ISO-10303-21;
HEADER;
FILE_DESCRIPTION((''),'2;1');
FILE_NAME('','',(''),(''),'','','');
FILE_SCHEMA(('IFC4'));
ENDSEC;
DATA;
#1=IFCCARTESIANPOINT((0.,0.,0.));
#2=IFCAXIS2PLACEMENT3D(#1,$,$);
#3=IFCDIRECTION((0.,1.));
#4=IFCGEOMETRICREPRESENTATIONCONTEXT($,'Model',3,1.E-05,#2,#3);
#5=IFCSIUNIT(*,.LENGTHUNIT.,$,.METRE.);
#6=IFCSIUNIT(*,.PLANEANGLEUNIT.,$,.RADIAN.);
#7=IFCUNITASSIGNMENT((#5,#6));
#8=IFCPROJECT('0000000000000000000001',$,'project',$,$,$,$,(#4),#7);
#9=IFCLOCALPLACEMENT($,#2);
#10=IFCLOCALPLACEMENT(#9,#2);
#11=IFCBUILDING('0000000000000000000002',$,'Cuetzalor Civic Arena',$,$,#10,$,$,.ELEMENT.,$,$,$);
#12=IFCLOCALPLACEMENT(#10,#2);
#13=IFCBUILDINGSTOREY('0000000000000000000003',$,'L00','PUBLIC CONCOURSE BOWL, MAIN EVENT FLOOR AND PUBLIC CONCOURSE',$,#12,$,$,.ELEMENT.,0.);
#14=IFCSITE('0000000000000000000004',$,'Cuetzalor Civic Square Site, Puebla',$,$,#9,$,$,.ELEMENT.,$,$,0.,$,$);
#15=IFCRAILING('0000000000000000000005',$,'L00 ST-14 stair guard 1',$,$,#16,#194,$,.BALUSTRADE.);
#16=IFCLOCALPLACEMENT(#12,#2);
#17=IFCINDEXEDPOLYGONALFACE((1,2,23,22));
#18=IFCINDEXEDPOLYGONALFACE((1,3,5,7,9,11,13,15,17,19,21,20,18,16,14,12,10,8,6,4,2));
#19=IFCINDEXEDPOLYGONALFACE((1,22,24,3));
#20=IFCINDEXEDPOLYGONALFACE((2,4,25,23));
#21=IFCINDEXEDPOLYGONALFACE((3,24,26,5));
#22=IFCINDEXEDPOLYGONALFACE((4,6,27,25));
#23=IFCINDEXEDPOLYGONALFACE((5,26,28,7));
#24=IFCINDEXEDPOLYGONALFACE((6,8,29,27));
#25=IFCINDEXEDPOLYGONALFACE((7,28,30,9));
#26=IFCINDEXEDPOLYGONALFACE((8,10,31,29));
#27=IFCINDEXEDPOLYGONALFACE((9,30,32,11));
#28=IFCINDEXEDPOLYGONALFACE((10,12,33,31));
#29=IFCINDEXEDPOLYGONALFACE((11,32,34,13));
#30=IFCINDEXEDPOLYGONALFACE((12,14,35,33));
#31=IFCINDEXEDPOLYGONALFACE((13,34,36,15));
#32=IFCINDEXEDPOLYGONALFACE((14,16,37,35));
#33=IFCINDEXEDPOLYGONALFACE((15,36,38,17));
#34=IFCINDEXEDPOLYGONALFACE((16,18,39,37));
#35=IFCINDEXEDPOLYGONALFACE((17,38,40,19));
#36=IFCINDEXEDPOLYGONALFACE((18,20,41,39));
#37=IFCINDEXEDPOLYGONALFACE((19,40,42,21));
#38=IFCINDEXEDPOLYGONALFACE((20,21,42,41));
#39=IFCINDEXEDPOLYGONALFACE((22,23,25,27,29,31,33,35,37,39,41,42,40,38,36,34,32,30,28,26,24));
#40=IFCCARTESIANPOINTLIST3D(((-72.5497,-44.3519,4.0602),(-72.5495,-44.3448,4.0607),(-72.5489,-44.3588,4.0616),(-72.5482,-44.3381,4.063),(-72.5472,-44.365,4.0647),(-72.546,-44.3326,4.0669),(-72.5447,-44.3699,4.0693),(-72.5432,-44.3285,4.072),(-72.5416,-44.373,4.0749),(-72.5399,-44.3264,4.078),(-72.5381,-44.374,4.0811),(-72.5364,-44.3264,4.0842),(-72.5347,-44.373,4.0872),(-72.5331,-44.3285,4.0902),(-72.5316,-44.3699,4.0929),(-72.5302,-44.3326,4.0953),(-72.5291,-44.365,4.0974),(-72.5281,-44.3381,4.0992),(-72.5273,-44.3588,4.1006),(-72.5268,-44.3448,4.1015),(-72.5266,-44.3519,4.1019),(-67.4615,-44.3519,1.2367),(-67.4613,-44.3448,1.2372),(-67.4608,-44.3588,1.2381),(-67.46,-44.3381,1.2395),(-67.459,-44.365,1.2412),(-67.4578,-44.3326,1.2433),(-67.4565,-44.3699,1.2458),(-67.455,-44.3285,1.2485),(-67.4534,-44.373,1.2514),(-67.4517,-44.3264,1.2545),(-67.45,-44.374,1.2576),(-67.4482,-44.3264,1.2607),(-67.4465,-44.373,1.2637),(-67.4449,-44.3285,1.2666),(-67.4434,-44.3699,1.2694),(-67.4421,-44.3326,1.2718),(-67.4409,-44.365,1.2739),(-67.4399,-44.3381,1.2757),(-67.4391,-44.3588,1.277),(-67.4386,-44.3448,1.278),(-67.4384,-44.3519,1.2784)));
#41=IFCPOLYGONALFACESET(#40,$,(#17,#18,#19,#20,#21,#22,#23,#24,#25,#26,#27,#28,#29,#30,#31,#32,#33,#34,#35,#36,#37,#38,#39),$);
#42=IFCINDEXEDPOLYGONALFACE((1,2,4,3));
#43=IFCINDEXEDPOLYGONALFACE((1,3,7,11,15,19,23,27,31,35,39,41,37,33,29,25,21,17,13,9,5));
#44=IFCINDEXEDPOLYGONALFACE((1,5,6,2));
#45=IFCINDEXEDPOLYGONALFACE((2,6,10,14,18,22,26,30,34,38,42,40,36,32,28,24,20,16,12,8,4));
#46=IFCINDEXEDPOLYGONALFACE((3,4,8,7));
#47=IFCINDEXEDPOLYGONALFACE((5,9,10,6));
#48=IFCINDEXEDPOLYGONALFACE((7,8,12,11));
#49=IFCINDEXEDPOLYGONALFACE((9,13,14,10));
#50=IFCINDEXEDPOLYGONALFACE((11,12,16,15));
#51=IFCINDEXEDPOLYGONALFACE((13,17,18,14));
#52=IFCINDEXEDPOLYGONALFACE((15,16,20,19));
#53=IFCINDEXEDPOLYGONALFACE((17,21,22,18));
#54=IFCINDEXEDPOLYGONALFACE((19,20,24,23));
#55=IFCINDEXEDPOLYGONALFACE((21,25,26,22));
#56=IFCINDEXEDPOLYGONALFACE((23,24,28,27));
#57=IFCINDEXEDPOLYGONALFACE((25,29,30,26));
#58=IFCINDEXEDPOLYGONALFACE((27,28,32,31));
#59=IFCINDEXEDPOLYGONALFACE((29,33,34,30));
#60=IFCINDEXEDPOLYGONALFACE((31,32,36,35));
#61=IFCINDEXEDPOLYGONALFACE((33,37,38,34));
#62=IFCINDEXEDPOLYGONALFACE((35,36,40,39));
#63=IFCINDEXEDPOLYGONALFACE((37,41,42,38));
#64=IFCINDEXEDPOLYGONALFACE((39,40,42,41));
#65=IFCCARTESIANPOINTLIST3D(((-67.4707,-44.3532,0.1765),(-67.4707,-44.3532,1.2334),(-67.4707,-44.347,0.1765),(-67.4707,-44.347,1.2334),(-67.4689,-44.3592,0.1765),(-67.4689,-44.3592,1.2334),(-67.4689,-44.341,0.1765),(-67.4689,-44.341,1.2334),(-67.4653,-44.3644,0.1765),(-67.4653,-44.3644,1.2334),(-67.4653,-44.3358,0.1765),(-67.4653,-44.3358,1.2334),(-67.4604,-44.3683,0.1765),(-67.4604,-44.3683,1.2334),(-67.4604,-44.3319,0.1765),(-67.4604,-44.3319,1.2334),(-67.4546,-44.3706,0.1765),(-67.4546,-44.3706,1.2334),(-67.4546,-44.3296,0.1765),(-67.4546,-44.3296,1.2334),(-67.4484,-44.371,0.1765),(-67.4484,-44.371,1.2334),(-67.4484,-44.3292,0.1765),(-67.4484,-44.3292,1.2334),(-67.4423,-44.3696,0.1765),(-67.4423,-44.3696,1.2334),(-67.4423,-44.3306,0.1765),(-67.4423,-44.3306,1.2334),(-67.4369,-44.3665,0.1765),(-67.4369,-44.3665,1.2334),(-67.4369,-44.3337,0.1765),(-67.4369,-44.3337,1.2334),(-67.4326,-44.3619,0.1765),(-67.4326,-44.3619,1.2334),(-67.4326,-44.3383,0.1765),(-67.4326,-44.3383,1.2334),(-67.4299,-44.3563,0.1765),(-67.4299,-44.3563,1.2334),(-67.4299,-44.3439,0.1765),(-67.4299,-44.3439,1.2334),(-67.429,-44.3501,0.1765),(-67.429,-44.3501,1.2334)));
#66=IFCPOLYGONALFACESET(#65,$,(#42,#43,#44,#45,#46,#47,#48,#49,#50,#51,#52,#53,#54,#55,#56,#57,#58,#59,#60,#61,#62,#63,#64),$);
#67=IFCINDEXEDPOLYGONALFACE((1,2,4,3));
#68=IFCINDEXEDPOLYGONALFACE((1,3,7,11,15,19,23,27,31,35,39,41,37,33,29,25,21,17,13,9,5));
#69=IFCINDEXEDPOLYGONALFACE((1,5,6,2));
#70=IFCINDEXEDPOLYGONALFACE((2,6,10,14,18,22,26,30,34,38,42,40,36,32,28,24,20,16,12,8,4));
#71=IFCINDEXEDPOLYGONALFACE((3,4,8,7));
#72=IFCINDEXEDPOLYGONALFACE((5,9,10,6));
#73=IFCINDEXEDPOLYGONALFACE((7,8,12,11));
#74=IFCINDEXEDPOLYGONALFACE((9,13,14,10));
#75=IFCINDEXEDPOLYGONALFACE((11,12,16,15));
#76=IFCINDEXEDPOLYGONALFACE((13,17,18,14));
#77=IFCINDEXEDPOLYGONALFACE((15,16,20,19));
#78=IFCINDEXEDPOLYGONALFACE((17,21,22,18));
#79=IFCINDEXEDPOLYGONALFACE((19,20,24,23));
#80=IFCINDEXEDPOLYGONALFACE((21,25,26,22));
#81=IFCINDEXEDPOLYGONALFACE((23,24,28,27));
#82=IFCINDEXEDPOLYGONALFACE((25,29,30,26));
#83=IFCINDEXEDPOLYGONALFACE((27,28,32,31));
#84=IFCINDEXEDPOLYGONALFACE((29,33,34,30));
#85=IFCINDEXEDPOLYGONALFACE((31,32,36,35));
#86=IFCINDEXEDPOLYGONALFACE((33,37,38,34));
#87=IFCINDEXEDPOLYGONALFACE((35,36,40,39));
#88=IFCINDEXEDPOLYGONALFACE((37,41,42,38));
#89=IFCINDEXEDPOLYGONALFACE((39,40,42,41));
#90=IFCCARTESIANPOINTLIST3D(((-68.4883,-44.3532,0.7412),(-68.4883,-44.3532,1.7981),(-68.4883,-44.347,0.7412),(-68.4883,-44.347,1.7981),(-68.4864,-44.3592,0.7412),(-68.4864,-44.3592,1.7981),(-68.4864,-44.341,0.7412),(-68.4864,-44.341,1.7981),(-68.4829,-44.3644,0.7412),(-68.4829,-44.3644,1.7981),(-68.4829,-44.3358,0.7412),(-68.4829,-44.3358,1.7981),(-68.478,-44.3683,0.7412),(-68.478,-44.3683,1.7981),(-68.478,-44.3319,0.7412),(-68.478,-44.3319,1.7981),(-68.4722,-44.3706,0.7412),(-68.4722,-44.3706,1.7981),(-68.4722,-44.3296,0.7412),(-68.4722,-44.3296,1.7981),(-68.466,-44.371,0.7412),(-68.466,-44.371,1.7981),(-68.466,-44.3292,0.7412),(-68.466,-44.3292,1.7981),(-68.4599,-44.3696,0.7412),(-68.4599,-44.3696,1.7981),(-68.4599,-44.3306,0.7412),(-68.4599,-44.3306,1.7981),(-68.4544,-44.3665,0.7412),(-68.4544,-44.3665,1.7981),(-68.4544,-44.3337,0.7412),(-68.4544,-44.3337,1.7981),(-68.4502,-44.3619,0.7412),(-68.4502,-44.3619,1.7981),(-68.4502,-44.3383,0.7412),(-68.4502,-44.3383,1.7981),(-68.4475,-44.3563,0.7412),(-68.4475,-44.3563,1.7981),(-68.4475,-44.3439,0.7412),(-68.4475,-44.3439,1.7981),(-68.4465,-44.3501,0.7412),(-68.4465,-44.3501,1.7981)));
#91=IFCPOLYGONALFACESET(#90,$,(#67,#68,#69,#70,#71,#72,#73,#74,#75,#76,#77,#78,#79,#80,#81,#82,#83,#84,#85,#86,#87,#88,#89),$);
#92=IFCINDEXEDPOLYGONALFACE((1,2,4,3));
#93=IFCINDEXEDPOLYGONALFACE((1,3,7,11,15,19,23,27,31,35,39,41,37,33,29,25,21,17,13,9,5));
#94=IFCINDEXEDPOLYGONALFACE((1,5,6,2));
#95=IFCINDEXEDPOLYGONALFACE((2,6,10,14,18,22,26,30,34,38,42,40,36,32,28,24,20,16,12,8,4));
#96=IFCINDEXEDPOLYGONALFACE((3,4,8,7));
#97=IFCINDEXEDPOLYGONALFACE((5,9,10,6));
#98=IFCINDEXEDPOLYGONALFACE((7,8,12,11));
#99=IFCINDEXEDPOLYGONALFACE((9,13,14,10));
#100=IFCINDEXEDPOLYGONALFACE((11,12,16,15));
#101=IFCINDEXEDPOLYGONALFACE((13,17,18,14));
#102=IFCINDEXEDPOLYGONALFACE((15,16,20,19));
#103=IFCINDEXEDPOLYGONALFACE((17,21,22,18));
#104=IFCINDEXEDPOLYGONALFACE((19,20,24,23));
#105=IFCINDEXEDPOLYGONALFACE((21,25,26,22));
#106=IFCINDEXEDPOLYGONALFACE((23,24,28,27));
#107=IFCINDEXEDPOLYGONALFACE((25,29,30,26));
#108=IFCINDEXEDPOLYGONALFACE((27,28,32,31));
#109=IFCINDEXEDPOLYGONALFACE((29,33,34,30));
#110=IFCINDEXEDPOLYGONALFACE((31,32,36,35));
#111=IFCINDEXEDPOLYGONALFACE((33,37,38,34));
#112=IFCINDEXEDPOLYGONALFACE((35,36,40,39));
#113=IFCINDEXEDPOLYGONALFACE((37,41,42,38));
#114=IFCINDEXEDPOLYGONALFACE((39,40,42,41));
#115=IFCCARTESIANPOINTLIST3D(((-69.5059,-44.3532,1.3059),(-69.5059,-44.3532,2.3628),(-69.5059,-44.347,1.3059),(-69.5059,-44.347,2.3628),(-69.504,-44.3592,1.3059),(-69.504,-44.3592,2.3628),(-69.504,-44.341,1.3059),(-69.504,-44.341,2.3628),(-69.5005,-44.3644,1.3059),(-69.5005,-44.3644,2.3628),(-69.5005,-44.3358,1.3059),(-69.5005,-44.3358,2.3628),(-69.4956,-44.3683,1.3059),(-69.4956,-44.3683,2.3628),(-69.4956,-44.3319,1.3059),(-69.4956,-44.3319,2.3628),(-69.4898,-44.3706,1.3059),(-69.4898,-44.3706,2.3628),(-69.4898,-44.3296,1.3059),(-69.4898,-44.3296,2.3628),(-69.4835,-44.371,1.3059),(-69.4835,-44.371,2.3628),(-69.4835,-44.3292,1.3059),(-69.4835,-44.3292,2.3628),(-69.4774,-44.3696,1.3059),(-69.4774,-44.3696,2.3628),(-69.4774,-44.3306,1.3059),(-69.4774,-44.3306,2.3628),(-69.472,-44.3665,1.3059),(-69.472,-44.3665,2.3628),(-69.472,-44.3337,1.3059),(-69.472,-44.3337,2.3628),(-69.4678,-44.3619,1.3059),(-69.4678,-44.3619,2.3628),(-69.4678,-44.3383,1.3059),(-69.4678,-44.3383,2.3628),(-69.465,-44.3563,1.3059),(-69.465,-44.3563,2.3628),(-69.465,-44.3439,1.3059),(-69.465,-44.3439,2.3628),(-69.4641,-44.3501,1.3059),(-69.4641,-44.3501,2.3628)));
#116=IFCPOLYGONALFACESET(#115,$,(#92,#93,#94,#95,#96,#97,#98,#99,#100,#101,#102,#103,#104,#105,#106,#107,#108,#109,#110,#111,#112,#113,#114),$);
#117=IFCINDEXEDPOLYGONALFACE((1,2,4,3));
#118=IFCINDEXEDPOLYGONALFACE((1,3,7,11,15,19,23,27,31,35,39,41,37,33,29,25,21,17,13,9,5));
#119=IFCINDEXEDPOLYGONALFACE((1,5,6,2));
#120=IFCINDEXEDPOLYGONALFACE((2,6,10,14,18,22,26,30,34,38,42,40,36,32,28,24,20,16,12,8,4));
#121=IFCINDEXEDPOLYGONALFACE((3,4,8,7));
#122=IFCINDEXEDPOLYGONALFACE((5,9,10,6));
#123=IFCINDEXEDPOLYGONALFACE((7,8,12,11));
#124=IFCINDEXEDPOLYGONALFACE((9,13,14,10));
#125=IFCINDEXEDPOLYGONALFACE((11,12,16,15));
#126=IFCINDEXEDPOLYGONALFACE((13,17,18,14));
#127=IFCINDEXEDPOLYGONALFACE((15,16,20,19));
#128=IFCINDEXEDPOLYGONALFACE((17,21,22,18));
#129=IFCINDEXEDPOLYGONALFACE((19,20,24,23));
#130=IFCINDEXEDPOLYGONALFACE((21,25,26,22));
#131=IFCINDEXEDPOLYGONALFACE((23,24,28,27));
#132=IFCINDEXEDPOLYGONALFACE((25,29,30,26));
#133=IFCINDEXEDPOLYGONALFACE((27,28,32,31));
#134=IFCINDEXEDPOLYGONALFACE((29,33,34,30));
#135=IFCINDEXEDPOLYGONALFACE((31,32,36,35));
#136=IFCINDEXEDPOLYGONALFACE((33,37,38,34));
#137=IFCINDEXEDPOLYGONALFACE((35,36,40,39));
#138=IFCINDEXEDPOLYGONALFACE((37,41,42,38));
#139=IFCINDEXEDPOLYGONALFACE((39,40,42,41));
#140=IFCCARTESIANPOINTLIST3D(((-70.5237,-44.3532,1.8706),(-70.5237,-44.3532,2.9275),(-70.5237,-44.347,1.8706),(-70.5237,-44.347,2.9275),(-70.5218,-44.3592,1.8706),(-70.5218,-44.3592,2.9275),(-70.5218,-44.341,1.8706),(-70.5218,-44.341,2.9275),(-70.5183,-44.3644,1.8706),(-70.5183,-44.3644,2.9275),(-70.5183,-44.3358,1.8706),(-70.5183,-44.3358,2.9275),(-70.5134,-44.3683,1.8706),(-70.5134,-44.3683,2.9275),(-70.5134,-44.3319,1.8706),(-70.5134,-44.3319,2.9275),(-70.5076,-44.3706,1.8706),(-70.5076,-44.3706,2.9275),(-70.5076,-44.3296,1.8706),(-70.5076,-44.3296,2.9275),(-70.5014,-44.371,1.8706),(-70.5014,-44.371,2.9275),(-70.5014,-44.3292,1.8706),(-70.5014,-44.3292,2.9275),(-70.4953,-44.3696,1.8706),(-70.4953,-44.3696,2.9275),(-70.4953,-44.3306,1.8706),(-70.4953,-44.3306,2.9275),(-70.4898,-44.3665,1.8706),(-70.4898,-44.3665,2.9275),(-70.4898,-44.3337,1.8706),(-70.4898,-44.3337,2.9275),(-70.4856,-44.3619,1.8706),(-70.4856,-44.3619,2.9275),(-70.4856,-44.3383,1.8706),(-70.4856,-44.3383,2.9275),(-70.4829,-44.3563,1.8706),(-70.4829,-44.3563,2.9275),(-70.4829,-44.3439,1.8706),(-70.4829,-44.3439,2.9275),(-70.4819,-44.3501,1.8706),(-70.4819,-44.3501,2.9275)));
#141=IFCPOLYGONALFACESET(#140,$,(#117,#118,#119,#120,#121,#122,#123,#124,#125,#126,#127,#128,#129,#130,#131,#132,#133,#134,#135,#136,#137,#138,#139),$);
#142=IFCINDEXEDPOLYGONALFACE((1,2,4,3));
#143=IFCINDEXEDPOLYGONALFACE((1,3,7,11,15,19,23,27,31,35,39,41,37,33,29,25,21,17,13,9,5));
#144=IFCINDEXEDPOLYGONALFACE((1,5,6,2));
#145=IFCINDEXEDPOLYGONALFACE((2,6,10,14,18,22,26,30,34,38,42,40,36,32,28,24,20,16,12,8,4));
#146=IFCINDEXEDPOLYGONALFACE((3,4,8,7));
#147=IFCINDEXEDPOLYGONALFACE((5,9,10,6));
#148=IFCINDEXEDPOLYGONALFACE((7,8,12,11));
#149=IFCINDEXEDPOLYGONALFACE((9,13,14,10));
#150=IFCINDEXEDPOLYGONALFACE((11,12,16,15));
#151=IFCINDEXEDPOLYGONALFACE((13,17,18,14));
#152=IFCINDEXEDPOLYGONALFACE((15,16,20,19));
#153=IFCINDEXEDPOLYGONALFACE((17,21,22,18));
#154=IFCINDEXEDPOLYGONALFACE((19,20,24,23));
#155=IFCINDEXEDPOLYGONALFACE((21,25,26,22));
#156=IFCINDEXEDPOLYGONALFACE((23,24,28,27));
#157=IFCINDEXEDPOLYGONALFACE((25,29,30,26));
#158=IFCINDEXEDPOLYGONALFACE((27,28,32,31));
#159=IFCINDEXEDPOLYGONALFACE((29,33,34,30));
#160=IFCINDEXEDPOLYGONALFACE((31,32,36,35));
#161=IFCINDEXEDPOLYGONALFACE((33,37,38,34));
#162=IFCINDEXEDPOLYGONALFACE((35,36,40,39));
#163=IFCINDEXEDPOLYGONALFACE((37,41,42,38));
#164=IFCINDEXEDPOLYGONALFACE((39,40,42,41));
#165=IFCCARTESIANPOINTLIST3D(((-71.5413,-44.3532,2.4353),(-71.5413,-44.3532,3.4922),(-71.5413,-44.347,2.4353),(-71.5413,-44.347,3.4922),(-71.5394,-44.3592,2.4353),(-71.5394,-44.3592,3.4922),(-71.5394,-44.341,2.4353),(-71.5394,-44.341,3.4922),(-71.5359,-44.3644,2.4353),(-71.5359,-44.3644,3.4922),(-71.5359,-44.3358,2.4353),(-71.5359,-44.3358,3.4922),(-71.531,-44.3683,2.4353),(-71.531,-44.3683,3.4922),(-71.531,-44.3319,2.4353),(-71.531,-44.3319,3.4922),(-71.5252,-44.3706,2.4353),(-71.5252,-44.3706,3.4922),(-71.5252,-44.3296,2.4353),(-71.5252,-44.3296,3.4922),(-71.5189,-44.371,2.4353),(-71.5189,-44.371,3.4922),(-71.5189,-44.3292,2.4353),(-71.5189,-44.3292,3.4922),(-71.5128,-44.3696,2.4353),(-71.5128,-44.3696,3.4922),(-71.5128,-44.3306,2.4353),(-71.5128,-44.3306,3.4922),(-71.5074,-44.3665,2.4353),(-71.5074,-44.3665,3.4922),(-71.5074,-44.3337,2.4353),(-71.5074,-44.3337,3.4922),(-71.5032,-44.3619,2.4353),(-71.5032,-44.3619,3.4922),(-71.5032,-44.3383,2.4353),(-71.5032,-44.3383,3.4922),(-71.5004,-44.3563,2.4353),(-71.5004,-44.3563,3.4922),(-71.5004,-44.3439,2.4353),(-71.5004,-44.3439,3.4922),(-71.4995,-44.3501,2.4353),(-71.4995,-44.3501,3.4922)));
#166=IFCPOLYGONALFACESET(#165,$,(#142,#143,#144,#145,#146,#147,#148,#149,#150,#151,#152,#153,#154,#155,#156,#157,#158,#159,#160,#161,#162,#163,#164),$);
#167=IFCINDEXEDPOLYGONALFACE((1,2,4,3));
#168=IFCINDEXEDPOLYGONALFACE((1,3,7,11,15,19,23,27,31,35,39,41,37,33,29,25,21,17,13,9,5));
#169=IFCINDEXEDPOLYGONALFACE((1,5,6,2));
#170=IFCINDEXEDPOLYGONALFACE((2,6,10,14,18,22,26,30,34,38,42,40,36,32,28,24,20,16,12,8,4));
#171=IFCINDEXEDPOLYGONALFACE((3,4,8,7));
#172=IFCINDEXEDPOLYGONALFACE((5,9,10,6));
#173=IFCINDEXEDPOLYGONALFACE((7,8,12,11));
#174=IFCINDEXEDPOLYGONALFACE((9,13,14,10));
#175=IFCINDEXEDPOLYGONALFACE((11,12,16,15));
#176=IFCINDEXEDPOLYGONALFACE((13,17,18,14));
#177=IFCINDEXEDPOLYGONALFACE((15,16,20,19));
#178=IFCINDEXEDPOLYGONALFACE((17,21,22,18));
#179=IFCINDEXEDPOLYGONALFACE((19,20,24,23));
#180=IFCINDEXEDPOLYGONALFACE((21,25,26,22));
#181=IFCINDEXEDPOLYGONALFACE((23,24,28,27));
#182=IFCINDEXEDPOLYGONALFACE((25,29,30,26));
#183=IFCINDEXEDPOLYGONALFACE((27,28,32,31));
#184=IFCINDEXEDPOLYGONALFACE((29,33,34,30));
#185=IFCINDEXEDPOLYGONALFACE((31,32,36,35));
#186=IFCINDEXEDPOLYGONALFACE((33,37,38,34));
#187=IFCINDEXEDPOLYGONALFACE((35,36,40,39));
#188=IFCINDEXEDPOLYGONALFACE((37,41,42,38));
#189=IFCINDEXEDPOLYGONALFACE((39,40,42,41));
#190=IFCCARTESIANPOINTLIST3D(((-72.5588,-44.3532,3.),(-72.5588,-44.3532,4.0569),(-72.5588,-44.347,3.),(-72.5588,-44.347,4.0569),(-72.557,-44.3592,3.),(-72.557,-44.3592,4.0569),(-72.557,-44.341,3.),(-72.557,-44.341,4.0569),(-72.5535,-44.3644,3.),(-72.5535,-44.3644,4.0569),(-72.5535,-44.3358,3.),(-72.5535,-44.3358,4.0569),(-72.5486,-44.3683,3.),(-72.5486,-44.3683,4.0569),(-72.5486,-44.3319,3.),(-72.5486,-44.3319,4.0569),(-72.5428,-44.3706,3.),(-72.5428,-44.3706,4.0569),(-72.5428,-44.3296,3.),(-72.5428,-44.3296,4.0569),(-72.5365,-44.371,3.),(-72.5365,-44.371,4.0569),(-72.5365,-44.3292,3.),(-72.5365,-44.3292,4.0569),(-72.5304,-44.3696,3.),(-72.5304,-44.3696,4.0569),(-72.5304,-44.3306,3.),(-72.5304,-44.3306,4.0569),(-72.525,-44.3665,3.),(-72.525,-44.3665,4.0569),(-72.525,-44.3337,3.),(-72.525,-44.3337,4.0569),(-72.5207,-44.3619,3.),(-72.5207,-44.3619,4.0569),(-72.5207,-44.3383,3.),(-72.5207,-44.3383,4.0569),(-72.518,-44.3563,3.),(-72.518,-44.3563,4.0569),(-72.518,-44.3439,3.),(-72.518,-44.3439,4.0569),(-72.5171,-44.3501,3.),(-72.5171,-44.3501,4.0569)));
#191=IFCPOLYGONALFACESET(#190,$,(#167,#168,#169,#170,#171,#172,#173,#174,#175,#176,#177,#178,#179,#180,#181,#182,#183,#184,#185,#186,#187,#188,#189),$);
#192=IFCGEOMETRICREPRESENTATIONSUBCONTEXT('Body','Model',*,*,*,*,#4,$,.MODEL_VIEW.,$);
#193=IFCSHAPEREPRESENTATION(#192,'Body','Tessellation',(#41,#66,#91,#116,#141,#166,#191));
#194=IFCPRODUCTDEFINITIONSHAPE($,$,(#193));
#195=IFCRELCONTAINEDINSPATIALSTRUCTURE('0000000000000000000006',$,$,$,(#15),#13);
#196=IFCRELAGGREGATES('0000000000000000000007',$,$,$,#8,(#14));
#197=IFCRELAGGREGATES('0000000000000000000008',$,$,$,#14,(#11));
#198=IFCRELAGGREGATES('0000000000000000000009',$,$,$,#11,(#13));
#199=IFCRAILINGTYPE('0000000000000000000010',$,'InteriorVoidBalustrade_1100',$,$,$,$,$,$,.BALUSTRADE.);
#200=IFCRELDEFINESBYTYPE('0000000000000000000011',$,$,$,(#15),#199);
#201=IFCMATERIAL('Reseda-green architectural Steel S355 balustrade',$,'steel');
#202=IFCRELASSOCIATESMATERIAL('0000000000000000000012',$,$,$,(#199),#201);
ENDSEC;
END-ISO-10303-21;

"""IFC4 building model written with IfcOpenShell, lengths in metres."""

from ifc_helpers import new_model, si_unit, direction, frame, origin, origin_2d, place, context, subcontext, project, spatial, circle, extrude, material, type_object, element, save


model = new_model("IFC4")

# Units and contexts
model_context = context("Model", 3, precision=1e-05, world=origin(), true_north=direction((0.0, 1.0)))
body_context = subcontext(model_context, "Body", "Model", "MODEL_VIEW")
ifc_project = project(units=[si_unit("LENGTHUNIT", "METRE"), si_unit("PLANEANGLEUNIT", "RADIAN")], contexts=[model_context])

# Site, building, storey
site_placement = place(None, origin())
site = spatial("IfcSite", under=ifc_project, at=site_placement, Name="Cuetzalor Civic Square Site, Puebla", CompositionType="ELEMENT", RefElevation=0.0)
building_placement = place(site_placement, origin())
building = spatial("IfcBuilding", under=site, at=building_placement, Name="Cuetzalor Civic Arena", CompositionType="ELEMENT")
storey_placement = place(building_placement, origin())
storey = spatial("IfcBuildingStorey", under=building, at=storey_placement, Name="L00", Description="PUBLIC CONCOURSE BOWL, MAIN EVENT FLOOR AND PUBLIC CONCOURSE", CompositionType="ELEMENT", Elevation=0.0)

# Railing
ifc_material_1 = material(Name="Reseda-green architectural Steel S355 balustrade", Category="steel")
railing_type_1 = type_object("IfcRailingType", Name="InteriorVoidBalustrade_1100", PredefinedType="BALUSTRADE", material=ifc_material_1)
railing_1_placement = place(storey_placement, frame((-67.45, -44.3501, 0.1765)))
element("IfcRailing", 1, at=railing_1_placement, inside=storey, type_object=railing_type_1, Name="L00 ST-14 stair guard 1", PredefinedType="BALUSTRADE", context=body_context, shape_type="SweptSolid", body=[
    extrude(circle(Radius=0.0239, at=origin_2d()), frame((0.0, 0.0, 1.0811), z_axis=(-0.874395, 0.0, 0.485215), x_axis=(0.0, -1.0, 0.0)), (0.0, 0.0, 1.0), 5.8191),
    extrude(circle(Radius=0.021, at=origin_2d()), origin(), (0.0, 0.0, 1.0), 1.0569),
    extrude(circle(Radius=0.021, at=origin_2d()), frame((-1.0176, 0.0, 0.5647)), (0.0, 0.0, 1.0), 1.0569),
    extrude(circle(Radius=0.021, at=origin_2d()), frame((-2.0352, 0.0, 1.1294)), (0.0, 0.0, 1.0), 1.0569),
    extrude(circle(Radius=0.021, at=origin_2d()), frame((-3.053, 0.0, 1.6941)), (0.0, 0.0, 1.0), 1.0569),
    extrude(circle(Radius=0.021, at=origin_2d()), frame((-4.0706, 0.0, 2.2588)), (0.0, 0.0, 1.0), 1.0569),
    extrude(circle(Radius=0.021, at=origin_2d()), frame((-5.0881, 0.0, 2.8235)), (0.0, 0.0, 1.0), 1.0569),
])

save(model, "model.ifc")
